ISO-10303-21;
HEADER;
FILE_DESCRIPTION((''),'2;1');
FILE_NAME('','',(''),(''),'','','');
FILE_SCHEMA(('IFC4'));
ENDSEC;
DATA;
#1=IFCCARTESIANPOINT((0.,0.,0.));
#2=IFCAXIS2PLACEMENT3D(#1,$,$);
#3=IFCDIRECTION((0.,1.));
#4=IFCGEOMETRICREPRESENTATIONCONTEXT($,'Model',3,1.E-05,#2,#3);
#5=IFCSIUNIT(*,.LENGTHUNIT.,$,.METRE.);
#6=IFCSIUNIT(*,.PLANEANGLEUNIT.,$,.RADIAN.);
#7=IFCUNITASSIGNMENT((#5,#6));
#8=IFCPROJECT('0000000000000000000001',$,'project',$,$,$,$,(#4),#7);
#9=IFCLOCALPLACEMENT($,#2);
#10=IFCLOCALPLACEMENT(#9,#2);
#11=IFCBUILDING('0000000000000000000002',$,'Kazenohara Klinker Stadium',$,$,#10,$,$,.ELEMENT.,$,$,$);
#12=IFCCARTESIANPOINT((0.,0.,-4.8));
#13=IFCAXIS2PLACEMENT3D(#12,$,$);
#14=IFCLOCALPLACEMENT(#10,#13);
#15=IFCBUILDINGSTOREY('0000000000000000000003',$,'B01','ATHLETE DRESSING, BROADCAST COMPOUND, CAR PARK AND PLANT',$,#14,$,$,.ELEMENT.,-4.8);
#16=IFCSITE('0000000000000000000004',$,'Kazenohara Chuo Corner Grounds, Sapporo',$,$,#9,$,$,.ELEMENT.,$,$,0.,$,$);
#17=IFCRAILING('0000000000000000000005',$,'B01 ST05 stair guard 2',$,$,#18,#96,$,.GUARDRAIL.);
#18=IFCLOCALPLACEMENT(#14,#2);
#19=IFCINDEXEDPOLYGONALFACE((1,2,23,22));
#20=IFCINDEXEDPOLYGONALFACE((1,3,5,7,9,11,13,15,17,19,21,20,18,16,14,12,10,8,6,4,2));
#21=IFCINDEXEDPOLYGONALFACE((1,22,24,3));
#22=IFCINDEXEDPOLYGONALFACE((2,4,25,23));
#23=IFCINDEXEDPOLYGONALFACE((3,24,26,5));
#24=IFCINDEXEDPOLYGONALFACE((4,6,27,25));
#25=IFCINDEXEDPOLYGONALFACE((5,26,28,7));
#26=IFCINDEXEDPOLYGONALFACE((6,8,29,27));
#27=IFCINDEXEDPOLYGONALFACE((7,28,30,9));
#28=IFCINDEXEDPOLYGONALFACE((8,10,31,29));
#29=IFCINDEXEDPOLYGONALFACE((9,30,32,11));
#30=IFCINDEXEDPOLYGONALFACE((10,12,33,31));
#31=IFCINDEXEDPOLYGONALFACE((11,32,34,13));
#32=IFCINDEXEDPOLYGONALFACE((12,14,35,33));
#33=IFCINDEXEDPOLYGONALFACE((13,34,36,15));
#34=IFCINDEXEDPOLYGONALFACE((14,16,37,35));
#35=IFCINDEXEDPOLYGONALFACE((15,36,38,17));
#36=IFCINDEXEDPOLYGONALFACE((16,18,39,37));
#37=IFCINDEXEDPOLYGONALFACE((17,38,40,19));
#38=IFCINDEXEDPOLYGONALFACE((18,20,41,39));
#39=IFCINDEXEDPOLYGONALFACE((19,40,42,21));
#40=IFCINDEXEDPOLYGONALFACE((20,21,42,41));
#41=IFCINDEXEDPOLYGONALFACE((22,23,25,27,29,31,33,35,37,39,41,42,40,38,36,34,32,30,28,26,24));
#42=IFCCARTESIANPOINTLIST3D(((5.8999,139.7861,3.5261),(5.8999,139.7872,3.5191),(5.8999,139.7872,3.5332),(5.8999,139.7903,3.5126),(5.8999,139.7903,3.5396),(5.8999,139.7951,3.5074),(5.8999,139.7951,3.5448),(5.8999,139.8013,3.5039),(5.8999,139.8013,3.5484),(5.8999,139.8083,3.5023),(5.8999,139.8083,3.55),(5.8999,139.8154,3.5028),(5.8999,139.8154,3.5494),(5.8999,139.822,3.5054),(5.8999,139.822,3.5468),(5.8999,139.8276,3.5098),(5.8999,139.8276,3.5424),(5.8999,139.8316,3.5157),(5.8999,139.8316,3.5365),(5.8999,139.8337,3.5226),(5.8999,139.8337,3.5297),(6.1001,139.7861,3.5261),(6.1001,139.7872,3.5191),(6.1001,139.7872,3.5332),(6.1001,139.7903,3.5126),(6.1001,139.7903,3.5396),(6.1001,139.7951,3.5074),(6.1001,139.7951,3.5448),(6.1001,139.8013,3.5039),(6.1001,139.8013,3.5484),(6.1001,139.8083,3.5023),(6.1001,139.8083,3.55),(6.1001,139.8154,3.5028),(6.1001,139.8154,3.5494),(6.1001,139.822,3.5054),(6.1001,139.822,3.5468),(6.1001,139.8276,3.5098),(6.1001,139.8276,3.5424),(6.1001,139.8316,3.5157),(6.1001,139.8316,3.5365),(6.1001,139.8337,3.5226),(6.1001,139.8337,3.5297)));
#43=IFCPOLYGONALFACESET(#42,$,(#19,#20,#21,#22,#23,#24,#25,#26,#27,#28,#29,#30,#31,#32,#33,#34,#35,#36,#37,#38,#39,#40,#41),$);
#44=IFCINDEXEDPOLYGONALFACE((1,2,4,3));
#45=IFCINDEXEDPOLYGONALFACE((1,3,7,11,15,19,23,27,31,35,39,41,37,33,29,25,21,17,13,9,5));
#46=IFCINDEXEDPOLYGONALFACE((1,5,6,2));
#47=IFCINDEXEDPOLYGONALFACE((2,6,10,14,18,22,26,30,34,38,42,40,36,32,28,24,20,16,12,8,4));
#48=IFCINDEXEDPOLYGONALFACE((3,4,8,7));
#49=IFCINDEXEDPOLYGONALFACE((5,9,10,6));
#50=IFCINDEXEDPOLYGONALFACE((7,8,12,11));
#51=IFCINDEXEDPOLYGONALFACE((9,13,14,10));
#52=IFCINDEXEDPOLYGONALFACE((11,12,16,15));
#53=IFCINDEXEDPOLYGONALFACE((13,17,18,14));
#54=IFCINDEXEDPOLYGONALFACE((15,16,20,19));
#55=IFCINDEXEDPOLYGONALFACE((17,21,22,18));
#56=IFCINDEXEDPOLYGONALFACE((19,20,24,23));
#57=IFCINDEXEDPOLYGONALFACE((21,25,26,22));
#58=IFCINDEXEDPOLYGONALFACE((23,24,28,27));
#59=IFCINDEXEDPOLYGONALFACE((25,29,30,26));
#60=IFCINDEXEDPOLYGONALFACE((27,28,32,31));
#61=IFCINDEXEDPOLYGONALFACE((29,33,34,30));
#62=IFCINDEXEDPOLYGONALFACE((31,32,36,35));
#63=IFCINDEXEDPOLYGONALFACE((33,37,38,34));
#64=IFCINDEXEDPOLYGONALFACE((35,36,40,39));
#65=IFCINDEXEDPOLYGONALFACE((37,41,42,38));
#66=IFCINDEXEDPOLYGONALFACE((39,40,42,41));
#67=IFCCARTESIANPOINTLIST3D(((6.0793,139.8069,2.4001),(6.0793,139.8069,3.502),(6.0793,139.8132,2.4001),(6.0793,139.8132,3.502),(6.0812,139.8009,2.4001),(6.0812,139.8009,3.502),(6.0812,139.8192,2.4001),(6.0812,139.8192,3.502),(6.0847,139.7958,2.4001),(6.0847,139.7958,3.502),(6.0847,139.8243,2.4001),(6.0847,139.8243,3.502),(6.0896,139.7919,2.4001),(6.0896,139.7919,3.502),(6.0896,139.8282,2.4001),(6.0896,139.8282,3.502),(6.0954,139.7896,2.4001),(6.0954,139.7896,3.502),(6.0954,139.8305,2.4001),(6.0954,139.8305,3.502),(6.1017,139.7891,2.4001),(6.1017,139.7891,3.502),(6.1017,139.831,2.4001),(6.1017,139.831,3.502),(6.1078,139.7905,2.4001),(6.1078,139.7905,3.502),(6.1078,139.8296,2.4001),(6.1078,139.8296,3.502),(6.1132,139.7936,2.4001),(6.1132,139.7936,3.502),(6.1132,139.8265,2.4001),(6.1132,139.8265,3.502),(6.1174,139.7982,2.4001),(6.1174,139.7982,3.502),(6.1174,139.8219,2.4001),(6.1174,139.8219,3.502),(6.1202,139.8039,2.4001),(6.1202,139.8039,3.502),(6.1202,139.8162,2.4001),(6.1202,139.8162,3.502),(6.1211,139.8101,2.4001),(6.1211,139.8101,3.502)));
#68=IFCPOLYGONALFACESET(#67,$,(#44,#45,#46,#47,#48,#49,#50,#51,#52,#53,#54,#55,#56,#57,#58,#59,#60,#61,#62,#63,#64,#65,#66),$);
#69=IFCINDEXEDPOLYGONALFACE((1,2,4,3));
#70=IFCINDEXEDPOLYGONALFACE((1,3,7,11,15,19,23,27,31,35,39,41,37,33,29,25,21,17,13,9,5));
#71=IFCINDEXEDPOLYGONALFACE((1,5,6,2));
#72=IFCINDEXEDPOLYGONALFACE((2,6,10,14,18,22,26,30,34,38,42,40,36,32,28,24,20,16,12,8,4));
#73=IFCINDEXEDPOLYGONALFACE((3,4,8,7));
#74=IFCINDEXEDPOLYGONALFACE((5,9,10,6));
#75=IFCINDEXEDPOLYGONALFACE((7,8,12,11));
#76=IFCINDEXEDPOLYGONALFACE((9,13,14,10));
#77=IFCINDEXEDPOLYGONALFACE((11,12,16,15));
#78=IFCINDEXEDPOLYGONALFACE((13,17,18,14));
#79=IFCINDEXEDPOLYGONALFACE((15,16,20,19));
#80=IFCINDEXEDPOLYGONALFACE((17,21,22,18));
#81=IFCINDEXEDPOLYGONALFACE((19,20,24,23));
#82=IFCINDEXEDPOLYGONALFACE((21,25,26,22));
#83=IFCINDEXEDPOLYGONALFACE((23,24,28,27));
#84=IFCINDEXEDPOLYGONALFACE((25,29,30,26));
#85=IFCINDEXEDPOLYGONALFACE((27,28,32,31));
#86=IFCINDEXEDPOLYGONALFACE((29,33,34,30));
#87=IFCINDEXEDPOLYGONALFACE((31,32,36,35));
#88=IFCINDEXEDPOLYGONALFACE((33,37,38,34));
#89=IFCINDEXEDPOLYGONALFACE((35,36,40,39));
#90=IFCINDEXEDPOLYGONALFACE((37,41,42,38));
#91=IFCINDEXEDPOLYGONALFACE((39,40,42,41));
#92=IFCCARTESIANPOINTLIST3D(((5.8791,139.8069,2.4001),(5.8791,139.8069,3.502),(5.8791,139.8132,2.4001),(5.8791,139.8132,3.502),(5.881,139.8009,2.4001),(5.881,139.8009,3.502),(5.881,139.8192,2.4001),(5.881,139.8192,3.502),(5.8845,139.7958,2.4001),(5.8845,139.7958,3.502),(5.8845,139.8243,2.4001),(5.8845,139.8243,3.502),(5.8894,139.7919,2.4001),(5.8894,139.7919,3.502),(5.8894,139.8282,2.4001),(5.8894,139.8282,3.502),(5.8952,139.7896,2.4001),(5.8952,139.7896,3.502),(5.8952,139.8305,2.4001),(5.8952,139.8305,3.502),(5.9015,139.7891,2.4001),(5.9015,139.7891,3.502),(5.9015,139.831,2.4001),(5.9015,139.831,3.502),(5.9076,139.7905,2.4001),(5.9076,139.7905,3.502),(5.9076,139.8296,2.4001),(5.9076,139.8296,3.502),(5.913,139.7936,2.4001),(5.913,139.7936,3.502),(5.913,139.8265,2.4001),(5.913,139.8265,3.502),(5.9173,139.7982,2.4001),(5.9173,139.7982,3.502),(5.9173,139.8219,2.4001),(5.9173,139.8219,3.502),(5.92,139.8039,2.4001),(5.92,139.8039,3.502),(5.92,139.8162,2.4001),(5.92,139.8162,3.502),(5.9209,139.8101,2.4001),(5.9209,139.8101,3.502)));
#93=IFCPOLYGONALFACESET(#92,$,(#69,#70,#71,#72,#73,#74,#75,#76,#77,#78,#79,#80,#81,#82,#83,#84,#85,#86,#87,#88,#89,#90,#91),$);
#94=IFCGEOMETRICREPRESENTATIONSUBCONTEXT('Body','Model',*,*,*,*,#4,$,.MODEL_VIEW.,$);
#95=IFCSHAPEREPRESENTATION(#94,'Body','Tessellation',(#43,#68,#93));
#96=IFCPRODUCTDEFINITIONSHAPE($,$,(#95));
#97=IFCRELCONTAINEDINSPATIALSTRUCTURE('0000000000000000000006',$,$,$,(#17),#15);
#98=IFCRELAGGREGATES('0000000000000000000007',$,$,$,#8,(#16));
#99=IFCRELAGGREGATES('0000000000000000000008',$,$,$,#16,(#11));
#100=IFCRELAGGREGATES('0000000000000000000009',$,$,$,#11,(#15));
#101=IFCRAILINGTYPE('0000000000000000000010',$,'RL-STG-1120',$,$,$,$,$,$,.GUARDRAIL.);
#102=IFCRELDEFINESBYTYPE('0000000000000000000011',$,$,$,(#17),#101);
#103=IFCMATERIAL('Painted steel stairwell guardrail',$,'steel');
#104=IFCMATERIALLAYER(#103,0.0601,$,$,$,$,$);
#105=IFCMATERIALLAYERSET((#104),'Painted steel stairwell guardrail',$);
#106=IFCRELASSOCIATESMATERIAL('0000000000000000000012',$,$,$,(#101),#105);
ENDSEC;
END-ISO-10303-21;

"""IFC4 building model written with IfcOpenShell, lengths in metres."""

from ifc_helpers import new_model, si_unit, direction, frame, origin, origin_2d, place, context, subcontext, project, spatial, circle, extrude, material, layer, layer_set, type_object, element, save


model = new_model("IFC4")

# Units and contexts
model_context = context("Model", 3, precision=1e-05, world=origin(), true_north=direction((0.0, 1.0)))
body_context = subcontext(model_context, "Body", "Model", "MODEL_VIEW")
ifc_project = project(units=[si_unit("LENGTHUNIT", "METRE"), si_unit("PLANEANGLEUNIT", "RADIAN")], contexts=[model_context])

# Site, building, storey
site_placement = place(None, origin())
site = spatial("IfcSite", under=ifc_project, at=site_placement, Name="Kazenohara Chuo Corner Grounds, Sapporo", CompositionType="ELEMENT", RefElevation=0.0)
building_placement = place(site_placement, origin())
building = spatial("IfcBuilding", under=site, at=building_placement, Name="Kazenohara Klinker Stadium", CompositionType="ELEMENT")
storey_placement = place(building_placement, frame((0.0, 0.0, -4.8)))
storey = spatial("IfcBuildingStorey", under=building, at=storey_placement, Name="B01", Description="ATHLETE DRESSING, BROADCAST COMPOUND, CAR PARK AND PLANT", CompositionType="ELEMENT", Elevation=-4.8)

# Railing
ifc_material_1 = material(Name="Painted steel stairwell guardrail", Category="steel")
ifc_layer_1 = layer(ifc_material_1, 0.0601)
ifc_layer_set_1 = layer_set([ifc_layer_1], Name="Painted steel stairwell guardrail")
railing_type_1 = type_object("IfcRailingType", Name="RL-STG-1120", PredefinedType="GUARDRAIL", material=ifc_layer_set_1)
railing_1_placement = place(storey_placement, frame((6.1001, 139.8101, 2.4001)))
element("IfcRailing", 1, at=railing_1_placement, inside=storey, type_object=railing_type_1, Name="B01 ST05 stair guard 2", PredefinedType="GUARDRAIL", context=body_context, shape_type="SweptSolid", body=[
    extrude(circle(Radius=0.0239, at=origin_2d()), frame((0.0, 0.0, 1.126), z_axis=(-1.0, 0.0, 0.0), x_axis=(0.0, -1.0, 0.0)), (0.0, 0.0, 1.0), 0.2002),
    extrude(circle(Radius=0.021, at=origin_2d()), origin(), (0.0, 0.0, 1.0), 1.1018),
    extrude(circle(Radius=0.021, at=origin_2d()), frame((-0.2002, 0.0, 0.0)), (0.0, 0.0, 1.0), 1.1018),
])

save(model, "model.ifc")
